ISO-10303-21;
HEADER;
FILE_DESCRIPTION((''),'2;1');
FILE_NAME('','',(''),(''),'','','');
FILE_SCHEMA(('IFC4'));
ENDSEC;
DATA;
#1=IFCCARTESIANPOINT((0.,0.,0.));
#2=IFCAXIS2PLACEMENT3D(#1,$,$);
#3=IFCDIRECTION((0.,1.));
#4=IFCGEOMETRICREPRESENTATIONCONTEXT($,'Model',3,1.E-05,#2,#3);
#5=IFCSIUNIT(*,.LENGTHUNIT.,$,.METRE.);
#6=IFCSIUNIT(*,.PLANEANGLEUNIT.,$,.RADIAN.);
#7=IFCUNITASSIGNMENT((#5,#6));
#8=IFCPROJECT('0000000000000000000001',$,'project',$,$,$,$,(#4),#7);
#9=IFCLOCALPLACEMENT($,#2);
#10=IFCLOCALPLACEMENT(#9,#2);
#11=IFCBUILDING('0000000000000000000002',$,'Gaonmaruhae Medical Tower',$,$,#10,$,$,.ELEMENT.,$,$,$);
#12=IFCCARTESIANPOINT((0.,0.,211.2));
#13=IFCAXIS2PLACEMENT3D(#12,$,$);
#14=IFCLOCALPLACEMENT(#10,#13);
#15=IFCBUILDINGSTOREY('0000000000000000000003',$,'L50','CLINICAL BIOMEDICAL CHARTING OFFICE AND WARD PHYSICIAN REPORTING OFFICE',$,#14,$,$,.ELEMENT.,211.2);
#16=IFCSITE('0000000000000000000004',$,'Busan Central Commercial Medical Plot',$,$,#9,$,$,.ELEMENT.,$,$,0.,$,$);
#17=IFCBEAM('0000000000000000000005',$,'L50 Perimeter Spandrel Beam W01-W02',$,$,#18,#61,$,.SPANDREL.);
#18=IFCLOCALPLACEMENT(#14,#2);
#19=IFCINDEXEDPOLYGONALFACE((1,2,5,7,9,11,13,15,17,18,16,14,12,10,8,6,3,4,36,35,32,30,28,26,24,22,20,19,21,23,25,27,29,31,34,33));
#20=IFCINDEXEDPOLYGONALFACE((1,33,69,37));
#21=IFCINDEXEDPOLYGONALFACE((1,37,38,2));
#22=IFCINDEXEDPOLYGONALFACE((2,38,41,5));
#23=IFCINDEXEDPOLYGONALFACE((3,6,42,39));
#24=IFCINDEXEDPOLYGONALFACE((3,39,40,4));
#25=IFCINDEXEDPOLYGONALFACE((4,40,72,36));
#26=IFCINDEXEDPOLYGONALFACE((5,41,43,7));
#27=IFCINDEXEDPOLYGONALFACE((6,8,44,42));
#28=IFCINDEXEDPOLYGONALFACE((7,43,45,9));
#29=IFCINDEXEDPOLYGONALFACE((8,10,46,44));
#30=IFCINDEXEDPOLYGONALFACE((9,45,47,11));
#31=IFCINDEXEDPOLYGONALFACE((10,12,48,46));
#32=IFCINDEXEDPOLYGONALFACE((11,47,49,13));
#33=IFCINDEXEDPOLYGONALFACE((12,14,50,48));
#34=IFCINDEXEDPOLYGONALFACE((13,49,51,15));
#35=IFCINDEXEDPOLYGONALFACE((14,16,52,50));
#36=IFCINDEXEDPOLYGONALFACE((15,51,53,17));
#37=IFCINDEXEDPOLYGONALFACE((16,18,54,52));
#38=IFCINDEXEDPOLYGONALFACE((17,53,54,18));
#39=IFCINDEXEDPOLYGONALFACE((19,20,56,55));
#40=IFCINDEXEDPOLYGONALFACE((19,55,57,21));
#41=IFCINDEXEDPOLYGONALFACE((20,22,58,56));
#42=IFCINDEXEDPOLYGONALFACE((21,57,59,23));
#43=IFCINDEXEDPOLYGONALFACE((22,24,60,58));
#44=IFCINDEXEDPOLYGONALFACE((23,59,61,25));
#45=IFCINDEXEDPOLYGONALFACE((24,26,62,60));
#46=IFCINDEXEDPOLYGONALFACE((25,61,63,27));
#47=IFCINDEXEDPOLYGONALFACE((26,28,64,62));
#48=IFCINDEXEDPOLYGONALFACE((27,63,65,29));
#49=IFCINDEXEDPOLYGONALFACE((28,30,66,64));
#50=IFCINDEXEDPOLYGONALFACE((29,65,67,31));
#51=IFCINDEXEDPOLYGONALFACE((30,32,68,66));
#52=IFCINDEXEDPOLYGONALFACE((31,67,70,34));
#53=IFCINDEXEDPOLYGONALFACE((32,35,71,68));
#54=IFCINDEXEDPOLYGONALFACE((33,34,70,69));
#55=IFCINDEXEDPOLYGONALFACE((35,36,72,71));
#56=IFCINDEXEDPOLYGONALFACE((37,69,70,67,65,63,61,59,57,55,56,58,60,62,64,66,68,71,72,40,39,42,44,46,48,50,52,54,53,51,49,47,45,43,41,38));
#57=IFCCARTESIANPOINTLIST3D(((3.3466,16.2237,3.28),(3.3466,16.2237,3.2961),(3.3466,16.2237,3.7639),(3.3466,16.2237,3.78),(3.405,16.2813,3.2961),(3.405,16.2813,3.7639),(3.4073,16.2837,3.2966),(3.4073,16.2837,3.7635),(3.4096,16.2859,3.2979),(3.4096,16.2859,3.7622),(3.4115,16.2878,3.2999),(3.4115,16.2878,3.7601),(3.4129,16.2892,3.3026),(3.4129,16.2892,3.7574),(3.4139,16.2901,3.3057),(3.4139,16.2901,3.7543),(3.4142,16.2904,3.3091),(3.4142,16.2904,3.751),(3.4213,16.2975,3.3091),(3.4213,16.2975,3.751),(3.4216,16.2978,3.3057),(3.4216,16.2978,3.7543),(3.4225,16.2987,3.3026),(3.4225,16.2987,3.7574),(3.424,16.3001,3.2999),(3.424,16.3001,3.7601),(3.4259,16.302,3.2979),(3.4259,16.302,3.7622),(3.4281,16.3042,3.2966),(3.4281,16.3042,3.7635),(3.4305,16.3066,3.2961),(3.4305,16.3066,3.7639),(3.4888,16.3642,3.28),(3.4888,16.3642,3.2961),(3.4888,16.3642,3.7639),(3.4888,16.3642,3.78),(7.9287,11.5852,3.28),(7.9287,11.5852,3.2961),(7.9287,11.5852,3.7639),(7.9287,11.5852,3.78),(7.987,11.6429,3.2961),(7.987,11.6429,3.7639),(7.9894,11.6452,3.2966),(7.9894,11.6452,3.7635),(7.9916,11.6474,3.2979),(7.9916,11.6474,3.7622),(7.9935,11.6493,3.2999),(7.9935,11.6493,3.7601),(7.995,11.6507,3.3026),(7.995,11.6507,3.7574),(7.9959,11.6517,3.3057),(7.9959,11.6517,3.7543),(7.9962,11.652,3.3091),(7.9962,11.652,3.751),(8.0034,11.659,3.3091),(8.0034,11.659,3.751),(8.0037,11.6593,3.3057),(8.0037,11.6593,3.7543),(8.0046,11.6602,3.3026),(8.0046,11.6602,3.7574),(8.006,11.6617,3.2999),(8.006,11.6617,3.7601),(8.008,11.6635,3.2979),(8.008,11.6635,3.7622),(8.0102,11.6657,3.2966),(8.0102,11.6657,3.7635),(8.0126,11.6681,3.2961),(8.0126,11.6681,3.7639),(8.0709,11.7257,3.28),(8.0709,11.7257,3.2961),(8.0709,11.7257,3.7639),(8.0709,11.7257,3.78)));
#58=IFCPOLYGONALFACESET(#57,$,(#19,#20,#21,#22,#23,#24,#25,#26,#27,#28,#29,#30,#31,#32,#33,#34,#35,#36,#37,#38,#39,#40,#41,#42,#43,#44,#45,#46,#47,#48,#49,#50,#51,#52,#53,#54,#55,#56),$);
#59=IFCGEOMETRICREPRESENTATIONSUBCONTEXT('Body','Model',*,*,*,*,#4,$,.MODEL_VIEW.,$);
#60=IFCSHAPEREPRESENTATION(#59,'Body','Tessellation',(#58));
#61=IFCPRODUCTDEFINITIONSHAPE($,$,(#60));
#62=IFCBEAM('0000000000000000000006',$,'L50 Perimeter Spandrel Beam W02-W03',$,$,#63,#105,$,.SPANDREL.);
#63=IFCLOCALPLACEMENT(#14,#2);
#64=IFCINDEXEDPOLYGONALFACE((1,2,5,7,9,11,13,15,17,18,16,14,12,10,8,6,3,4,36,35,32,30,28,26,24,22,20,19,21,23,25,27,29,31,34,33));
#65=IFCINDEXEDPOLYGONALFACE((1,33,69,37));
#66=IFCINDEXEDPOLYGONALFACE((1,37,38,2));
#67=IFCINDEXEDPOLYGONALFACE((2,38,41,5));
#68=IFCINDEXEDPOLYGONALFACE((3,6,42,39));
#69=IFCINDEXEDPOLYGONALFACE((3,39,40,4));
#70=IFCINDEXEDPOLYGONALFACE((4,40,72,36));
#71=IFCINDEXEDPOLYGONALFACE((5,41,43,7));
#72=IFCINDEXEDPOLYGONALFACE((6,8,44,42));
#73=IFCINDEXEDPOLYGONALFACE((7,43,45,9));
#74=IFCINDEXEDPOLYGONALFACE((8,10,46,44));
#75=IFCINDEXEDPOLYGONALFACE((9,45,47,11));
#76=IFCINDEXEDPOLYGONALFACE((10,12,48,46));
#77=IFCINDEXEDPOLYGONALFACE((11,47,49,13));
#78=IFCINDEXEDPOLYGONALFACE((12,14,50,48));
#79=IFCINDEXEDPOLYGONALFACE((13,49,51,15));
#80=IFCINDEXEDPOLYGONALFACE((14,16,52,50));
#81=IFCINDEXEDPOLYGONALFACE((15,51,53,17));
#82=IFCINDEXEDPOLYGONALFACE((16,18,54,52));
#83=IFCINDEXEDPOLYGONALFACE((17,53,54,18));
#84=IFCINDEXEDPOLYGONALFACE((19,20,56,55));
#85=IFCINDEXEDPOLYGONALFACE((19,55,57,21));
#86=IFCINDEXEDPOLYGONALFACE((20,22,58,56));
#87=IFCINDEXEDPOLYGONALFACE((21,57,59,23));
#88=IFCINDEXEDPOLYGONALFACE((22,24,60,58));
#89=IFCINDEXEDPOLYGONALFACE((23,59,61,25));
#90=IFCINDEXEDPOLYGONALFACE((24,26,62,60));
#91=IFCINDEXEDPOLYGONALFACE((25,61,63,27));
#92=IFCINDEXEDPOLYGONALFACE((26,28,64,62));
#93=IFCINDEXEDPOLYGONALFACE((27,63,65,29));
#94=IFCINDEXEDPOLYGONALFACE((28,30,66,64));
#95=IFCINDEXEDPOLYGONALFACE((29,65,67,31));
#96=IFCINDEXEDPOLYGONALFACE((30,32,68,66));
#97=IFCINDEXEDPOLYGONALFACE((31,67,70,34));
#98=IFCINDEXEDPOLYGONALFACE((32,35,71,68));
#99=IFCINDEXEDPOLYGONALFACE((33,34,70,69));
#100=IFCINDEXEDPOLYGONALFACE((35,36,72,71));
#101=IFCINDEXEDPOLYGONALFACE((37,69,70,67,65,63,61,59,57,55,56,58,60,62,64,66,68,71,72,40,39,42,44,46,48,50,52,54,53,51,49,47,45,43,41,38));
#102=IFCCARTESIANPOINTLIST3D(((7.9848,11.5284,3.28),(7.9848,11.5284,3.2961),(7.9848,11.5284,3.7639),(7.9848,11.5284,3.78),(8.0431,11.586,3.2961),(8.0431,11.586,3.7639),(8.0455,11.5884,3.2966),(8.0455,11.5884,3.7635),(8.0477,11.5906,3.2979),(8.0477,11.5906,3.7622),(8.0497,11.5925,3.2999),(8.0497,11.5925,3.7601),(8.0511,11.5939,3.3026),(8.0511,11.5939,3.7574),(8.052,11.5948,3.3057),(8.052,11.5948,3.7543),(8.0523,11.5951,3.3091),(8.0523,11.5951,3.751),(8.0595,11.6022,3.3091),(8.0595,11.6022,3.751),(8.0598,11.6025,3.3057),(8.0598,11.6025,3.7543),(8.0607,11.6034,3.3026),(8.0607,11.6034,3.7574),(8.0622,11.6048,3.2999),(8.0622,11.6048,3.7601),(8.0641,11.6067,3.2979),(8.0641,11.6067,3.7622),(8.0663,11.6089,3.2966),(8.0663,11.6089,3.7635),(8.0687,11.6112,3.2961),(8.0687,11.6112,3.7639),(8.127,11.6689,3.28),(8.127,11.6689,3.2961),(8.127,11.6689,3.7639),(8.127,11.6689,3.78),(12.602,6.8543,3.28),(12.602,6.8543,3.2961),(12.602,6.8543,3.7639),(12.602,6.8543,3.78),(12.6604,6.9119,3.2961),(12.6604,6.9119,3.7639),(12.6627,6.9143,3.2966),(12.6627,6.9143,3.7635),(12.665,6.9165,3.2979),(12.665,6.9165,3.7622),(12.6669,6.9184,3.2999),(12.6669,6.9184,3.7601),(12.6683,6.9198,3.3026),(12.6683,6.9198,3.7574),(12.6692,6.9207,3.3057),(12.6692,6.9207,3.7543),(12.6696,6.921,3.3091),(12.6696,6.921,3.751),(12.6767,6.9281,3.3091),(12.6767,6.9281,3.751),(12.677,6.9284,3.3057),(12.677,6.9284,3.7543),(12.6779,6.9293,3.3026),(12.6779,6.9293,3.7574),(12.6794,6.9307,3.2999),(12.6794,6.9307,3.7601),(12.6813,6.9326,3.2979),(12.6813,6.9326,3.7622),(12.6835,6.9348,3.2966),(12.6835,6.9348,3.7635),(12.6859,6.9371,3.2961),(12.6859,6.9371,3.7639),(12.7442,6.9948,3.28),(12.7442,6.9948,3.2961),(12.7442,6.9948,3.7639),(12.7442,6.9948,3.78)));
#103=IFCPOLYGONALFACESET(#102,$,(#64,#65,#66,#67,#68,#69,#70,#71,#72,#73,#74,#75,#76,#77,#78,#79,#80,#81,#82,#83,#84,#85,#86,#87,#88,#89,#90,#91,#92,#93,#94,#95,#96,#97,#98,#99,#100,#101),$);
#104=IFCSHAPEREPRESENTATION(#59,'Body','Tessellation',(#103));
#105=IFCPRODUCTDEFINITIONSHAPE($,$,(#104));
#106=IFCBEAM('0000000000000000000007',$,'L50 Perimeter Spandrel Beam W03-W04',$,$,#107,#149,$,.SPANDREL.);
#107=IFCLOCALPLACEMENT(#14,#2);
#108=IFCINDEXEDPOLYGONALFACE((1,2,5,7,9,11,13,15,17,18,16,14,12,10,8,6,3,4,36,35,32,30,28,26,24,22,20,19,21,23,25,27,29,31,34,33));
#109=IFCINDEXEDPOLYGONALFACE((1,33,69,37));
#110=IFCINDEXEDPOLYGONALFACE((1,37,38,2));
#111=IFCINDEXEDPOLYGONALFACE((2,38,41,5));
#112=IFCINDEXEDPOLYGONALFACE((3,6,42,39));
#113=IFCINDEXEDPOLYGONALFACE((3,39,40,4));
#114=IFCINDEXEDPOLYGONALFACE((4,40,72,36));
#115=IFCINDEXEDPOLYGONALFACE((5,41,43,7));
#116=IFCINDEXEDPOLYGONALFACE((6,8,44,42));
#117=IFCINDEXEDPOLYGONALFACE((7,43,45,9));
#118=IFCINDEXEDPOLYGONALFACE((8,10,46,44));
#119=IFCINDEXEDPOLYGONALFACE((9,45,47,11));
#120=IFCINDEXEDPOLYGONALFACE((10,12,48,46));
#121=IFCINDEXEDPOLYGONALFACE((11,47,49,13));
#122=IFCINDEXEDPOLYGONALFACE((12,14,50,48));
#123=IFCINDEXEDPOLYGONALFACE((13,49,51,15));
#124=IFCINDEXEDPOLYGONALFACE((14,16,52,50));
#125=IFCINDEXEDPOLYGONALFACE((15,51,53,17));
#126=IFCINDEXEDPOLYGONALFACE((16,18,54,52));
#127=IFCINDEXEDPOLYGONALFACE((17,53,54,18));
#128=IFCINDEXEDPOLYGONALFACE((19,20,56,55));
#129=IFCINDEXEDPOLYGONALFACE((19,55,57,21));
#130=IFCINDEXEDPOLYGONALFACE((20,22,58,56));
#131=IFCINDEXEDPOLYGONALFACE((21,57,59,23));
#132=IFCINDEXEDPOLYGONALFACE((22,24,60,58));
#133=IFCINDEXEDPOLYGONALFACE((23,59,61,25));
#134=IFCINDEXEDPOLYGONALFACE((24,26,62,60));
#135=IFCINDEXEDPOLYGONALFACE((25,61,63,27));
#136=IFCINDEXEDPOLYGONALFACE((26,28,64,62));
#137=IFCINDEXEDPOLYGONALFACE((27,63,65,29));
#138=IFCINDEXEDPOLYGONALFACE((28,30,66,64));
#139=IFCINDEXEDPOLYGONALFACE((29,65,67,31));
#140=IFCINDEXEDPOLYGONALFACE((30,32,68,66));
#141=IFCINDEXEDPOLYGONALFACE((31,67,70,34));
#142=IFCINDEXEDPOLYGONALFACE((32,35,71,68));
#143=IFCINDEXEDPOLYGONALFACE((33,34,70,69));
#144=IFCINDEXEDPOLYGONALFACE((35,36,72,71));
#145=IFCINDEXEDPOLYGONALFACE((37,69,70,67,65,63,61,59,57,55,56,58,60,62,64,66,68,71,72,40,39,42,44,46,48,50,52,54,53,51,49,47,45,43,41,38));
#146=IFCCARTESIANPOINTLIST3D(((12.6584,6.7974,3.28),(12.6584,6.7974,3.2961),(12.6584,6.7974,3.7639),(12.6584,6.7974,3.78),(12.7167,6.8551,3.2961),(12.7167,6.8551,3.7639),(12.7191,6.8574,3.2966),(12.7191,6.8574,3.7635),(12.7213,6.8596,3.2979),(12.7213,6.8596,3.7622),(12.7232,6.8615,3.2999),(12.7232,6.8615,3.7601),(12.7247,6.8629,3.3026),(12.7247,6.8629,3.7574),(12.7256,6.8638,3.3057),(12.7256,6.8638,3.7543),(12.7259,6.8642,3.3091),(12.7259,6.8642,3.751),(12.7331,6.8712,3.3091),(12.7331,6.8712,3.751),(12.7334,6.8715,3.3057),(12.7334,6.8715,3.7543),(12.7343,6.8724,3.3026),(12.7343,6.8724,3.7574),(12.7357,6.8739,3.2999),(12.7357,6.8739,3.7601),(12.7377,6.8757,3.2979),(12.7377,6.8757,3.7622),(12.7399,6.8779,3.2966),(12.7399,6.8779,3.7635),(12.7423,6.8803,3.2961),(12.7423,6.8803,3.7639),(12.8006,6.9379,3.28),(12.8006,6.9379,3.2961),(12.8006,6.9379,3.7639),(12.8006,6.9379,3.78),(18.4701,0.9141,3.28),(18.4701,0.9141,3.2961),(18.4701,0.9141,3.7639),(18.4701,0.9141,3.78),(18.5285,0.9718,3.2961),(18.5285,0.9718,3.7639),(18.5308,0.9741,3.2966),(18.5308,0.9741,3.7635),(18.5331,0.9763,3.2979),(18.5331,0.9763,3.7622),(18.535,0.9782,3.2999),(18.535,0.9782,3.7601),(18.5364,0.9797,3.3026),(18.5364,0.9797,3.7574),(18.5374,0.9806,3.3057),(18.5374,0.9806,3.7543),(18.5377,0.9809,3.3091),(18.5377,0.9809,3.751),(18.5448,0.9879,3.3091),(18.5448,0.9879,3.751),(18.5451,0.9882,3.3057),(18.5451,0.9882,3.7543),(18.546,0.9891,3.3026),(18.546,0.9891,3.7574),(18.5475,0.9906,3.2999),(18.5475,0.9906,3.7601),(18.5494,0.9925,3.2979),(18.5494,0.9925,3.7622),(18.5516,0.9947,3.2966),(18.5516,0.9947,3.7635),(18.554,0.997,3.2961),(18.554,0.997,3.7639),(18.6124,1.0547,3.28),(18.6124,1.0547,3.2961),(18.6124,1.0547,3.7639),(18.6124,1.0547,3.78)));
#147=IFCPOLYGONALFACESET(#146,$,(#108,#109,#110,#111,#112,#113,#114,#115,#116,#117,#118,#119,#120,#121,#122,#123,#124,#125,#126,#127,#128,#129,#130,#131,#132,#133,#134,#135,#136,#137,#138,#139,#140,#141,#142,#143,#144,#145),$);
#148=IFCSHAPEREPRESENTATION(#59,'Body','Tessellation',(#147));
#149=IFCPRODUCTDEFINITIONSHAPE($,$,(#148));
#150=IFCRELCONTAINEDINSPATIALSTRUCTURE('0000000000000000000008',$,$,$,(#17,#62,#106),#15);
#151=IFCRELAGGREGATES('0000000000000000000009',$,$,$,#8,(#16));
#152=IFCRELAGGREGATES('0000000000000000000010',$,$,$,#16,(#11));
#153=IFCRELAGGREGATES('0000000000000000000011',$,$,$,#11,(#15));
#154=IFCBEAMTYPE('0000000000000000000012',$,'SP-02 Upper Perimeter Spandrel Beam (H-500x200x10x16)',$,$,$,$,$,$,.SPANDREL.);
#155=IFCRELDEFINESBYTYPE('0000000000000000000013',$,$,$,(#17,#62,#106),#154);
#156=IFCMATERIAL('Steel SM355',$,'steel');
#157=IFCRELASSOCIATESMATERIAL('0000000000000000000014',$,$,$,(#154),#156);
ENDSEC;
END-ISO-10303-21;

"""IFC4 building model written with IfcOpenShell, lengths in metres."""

from ifc_helpers import new_model, si_unit, direction, frame, origin, origin_2d, place, context, subcontext, project, spatial, i_section, extrude, material, material_profile, profile_set, type_object, element, save


model = new_model("IFC4")

# Units and contexts
model_context = context("Model", 3, precision=1e-05, world=origin(), true_north=direction((0.0, 1.0)))
body_context = subcontext(model_context, "Body", "Model", "MODEL_VIEW")
ifc_project = project(units=[si_unit("LENGTHUNIT", "METRE"), si_unit("PLANEANGLEUNIT", "RADIAN")], contexts=[model_context])

# Site, building, storey
site_placement = place(None, origin())
site = spatial("IfcSite", under=ifc_project, at=site_placement, Name="Busan Central Commercial Medical Plot", CompositionType="ELEMENT", RefElevation=0.0)
building_placement = place(site_placement, origin())
building = spatial("IfcBuilding", under=site, at=building_placement, Name="Gaonmaruhae Medical Tower", CompositionType="ELEMENT")
storey_placement = place(building_placement, frame((0.0, 0.0, 211.2)))
storey = spatial("IfcBuildingStorey", under=building, at=storey_placement, Name="L50", Description="CLINICAL BIOMEDICAL CHARTING OFFICE AND WARD PHYSICIAN REPORTING OFFICE", CompositionType="ELEMENT", Elevation=211.2)

# Beams
ifc_material_1 = material(Name="Steel SM355", Category="steel")
ifc_material_profile_1 = material_profile(ifc_material_1, i_section(OverallWidth=0.2, OverallDepth=0.5, WebThickness=0.01, FlangeThickness=0.0161, FilletRadius=0.0129, at=origin_2d()), Name="H-500x200x10x16")
ifc_profile_set_1 = profile_set([ifc_material_profile_1], Name="Steel SM355")
beam_type_1 = type_object("IfcBeamType", Name="SP-02 Upper Perimeter Spandrel Beam (H-500x200x10x16)", PredefinedType="SPANDREL", material=ifc_profile_set_1)
beam_1_placement = place(storey_placement, frame((3.4177, 16.2939, 3.53), z_axis=(0.702769, -0.711418, 0.0), x_axis=(0.711418, 0.702769, 0.0)))
element("IfcBeam", 1, at=beam_1_placement, inside=storey, type_object=beam_type_1, Name="L50 Perimeter Spandrel Beam W01-W02", PredefinedType="SPANDREL", context=body_context, shape_type="SweptSolid", body=[
    extrude(i_section(OverallWidth=0.2, OverallDepth=0.5, WebThickness=0.01, FlangeThickness=0.0161, FilletRadius=0.0129, at=origin_2d()), origin(), (0.0, 0.0, 1.0), 6.52),
])
beam_2_placement = place(storey_placement, frame((8.0559, 11.5986, 3.53), z_axis=(0.702764, -0.711423, 0.0), x_axis=(0.711423, 0.702764, 0.0)))
element("IfcBeam", 2, at=beam_2_placement, inside=storey, type_object=beam_type_1, Name="L50 Perimeter Spandrel Beam W02-W03", PredefinedType="SPANDREL", context=body_context, shape_type="SweptSolid", body=[
    extrude(i_section(OverallWidth=0.2, OverallDepth=0.5, WebThickness=0.01, FlangeThickness=0.0161, FilletRadius=0.0129, at=origin_2d()), origin(), (0.0, 0.0, 1.0), 6.5701),
])
beam_3_placement = place(storey_placement, frame((12.7295, 6.8677, 3.53), z_axis=(0.702769, -0.711419, 0.0), x_axis=(0.711419, 0.702769, 0.0)))
element("IfcBeam", 3, at=beam_3_placement, inside=storey, type_object=beam_type_1, Name="L50 Perimeter Spandrel Beam W03-W04", PredefinedType="SPANDREL", context=body_context, shape_type="SweptSolid", body=[
    extrude(i_section(OverallWidth=0.2, OverallDepth=0.5, WebThickness=0.01, FlangeThickness=0.0161, FilletRadius=0.0129, at=origin_2d()), origin(), (0.0, 0.0, 1.0), 8.2698),
])

save(model, "model.ifc")
